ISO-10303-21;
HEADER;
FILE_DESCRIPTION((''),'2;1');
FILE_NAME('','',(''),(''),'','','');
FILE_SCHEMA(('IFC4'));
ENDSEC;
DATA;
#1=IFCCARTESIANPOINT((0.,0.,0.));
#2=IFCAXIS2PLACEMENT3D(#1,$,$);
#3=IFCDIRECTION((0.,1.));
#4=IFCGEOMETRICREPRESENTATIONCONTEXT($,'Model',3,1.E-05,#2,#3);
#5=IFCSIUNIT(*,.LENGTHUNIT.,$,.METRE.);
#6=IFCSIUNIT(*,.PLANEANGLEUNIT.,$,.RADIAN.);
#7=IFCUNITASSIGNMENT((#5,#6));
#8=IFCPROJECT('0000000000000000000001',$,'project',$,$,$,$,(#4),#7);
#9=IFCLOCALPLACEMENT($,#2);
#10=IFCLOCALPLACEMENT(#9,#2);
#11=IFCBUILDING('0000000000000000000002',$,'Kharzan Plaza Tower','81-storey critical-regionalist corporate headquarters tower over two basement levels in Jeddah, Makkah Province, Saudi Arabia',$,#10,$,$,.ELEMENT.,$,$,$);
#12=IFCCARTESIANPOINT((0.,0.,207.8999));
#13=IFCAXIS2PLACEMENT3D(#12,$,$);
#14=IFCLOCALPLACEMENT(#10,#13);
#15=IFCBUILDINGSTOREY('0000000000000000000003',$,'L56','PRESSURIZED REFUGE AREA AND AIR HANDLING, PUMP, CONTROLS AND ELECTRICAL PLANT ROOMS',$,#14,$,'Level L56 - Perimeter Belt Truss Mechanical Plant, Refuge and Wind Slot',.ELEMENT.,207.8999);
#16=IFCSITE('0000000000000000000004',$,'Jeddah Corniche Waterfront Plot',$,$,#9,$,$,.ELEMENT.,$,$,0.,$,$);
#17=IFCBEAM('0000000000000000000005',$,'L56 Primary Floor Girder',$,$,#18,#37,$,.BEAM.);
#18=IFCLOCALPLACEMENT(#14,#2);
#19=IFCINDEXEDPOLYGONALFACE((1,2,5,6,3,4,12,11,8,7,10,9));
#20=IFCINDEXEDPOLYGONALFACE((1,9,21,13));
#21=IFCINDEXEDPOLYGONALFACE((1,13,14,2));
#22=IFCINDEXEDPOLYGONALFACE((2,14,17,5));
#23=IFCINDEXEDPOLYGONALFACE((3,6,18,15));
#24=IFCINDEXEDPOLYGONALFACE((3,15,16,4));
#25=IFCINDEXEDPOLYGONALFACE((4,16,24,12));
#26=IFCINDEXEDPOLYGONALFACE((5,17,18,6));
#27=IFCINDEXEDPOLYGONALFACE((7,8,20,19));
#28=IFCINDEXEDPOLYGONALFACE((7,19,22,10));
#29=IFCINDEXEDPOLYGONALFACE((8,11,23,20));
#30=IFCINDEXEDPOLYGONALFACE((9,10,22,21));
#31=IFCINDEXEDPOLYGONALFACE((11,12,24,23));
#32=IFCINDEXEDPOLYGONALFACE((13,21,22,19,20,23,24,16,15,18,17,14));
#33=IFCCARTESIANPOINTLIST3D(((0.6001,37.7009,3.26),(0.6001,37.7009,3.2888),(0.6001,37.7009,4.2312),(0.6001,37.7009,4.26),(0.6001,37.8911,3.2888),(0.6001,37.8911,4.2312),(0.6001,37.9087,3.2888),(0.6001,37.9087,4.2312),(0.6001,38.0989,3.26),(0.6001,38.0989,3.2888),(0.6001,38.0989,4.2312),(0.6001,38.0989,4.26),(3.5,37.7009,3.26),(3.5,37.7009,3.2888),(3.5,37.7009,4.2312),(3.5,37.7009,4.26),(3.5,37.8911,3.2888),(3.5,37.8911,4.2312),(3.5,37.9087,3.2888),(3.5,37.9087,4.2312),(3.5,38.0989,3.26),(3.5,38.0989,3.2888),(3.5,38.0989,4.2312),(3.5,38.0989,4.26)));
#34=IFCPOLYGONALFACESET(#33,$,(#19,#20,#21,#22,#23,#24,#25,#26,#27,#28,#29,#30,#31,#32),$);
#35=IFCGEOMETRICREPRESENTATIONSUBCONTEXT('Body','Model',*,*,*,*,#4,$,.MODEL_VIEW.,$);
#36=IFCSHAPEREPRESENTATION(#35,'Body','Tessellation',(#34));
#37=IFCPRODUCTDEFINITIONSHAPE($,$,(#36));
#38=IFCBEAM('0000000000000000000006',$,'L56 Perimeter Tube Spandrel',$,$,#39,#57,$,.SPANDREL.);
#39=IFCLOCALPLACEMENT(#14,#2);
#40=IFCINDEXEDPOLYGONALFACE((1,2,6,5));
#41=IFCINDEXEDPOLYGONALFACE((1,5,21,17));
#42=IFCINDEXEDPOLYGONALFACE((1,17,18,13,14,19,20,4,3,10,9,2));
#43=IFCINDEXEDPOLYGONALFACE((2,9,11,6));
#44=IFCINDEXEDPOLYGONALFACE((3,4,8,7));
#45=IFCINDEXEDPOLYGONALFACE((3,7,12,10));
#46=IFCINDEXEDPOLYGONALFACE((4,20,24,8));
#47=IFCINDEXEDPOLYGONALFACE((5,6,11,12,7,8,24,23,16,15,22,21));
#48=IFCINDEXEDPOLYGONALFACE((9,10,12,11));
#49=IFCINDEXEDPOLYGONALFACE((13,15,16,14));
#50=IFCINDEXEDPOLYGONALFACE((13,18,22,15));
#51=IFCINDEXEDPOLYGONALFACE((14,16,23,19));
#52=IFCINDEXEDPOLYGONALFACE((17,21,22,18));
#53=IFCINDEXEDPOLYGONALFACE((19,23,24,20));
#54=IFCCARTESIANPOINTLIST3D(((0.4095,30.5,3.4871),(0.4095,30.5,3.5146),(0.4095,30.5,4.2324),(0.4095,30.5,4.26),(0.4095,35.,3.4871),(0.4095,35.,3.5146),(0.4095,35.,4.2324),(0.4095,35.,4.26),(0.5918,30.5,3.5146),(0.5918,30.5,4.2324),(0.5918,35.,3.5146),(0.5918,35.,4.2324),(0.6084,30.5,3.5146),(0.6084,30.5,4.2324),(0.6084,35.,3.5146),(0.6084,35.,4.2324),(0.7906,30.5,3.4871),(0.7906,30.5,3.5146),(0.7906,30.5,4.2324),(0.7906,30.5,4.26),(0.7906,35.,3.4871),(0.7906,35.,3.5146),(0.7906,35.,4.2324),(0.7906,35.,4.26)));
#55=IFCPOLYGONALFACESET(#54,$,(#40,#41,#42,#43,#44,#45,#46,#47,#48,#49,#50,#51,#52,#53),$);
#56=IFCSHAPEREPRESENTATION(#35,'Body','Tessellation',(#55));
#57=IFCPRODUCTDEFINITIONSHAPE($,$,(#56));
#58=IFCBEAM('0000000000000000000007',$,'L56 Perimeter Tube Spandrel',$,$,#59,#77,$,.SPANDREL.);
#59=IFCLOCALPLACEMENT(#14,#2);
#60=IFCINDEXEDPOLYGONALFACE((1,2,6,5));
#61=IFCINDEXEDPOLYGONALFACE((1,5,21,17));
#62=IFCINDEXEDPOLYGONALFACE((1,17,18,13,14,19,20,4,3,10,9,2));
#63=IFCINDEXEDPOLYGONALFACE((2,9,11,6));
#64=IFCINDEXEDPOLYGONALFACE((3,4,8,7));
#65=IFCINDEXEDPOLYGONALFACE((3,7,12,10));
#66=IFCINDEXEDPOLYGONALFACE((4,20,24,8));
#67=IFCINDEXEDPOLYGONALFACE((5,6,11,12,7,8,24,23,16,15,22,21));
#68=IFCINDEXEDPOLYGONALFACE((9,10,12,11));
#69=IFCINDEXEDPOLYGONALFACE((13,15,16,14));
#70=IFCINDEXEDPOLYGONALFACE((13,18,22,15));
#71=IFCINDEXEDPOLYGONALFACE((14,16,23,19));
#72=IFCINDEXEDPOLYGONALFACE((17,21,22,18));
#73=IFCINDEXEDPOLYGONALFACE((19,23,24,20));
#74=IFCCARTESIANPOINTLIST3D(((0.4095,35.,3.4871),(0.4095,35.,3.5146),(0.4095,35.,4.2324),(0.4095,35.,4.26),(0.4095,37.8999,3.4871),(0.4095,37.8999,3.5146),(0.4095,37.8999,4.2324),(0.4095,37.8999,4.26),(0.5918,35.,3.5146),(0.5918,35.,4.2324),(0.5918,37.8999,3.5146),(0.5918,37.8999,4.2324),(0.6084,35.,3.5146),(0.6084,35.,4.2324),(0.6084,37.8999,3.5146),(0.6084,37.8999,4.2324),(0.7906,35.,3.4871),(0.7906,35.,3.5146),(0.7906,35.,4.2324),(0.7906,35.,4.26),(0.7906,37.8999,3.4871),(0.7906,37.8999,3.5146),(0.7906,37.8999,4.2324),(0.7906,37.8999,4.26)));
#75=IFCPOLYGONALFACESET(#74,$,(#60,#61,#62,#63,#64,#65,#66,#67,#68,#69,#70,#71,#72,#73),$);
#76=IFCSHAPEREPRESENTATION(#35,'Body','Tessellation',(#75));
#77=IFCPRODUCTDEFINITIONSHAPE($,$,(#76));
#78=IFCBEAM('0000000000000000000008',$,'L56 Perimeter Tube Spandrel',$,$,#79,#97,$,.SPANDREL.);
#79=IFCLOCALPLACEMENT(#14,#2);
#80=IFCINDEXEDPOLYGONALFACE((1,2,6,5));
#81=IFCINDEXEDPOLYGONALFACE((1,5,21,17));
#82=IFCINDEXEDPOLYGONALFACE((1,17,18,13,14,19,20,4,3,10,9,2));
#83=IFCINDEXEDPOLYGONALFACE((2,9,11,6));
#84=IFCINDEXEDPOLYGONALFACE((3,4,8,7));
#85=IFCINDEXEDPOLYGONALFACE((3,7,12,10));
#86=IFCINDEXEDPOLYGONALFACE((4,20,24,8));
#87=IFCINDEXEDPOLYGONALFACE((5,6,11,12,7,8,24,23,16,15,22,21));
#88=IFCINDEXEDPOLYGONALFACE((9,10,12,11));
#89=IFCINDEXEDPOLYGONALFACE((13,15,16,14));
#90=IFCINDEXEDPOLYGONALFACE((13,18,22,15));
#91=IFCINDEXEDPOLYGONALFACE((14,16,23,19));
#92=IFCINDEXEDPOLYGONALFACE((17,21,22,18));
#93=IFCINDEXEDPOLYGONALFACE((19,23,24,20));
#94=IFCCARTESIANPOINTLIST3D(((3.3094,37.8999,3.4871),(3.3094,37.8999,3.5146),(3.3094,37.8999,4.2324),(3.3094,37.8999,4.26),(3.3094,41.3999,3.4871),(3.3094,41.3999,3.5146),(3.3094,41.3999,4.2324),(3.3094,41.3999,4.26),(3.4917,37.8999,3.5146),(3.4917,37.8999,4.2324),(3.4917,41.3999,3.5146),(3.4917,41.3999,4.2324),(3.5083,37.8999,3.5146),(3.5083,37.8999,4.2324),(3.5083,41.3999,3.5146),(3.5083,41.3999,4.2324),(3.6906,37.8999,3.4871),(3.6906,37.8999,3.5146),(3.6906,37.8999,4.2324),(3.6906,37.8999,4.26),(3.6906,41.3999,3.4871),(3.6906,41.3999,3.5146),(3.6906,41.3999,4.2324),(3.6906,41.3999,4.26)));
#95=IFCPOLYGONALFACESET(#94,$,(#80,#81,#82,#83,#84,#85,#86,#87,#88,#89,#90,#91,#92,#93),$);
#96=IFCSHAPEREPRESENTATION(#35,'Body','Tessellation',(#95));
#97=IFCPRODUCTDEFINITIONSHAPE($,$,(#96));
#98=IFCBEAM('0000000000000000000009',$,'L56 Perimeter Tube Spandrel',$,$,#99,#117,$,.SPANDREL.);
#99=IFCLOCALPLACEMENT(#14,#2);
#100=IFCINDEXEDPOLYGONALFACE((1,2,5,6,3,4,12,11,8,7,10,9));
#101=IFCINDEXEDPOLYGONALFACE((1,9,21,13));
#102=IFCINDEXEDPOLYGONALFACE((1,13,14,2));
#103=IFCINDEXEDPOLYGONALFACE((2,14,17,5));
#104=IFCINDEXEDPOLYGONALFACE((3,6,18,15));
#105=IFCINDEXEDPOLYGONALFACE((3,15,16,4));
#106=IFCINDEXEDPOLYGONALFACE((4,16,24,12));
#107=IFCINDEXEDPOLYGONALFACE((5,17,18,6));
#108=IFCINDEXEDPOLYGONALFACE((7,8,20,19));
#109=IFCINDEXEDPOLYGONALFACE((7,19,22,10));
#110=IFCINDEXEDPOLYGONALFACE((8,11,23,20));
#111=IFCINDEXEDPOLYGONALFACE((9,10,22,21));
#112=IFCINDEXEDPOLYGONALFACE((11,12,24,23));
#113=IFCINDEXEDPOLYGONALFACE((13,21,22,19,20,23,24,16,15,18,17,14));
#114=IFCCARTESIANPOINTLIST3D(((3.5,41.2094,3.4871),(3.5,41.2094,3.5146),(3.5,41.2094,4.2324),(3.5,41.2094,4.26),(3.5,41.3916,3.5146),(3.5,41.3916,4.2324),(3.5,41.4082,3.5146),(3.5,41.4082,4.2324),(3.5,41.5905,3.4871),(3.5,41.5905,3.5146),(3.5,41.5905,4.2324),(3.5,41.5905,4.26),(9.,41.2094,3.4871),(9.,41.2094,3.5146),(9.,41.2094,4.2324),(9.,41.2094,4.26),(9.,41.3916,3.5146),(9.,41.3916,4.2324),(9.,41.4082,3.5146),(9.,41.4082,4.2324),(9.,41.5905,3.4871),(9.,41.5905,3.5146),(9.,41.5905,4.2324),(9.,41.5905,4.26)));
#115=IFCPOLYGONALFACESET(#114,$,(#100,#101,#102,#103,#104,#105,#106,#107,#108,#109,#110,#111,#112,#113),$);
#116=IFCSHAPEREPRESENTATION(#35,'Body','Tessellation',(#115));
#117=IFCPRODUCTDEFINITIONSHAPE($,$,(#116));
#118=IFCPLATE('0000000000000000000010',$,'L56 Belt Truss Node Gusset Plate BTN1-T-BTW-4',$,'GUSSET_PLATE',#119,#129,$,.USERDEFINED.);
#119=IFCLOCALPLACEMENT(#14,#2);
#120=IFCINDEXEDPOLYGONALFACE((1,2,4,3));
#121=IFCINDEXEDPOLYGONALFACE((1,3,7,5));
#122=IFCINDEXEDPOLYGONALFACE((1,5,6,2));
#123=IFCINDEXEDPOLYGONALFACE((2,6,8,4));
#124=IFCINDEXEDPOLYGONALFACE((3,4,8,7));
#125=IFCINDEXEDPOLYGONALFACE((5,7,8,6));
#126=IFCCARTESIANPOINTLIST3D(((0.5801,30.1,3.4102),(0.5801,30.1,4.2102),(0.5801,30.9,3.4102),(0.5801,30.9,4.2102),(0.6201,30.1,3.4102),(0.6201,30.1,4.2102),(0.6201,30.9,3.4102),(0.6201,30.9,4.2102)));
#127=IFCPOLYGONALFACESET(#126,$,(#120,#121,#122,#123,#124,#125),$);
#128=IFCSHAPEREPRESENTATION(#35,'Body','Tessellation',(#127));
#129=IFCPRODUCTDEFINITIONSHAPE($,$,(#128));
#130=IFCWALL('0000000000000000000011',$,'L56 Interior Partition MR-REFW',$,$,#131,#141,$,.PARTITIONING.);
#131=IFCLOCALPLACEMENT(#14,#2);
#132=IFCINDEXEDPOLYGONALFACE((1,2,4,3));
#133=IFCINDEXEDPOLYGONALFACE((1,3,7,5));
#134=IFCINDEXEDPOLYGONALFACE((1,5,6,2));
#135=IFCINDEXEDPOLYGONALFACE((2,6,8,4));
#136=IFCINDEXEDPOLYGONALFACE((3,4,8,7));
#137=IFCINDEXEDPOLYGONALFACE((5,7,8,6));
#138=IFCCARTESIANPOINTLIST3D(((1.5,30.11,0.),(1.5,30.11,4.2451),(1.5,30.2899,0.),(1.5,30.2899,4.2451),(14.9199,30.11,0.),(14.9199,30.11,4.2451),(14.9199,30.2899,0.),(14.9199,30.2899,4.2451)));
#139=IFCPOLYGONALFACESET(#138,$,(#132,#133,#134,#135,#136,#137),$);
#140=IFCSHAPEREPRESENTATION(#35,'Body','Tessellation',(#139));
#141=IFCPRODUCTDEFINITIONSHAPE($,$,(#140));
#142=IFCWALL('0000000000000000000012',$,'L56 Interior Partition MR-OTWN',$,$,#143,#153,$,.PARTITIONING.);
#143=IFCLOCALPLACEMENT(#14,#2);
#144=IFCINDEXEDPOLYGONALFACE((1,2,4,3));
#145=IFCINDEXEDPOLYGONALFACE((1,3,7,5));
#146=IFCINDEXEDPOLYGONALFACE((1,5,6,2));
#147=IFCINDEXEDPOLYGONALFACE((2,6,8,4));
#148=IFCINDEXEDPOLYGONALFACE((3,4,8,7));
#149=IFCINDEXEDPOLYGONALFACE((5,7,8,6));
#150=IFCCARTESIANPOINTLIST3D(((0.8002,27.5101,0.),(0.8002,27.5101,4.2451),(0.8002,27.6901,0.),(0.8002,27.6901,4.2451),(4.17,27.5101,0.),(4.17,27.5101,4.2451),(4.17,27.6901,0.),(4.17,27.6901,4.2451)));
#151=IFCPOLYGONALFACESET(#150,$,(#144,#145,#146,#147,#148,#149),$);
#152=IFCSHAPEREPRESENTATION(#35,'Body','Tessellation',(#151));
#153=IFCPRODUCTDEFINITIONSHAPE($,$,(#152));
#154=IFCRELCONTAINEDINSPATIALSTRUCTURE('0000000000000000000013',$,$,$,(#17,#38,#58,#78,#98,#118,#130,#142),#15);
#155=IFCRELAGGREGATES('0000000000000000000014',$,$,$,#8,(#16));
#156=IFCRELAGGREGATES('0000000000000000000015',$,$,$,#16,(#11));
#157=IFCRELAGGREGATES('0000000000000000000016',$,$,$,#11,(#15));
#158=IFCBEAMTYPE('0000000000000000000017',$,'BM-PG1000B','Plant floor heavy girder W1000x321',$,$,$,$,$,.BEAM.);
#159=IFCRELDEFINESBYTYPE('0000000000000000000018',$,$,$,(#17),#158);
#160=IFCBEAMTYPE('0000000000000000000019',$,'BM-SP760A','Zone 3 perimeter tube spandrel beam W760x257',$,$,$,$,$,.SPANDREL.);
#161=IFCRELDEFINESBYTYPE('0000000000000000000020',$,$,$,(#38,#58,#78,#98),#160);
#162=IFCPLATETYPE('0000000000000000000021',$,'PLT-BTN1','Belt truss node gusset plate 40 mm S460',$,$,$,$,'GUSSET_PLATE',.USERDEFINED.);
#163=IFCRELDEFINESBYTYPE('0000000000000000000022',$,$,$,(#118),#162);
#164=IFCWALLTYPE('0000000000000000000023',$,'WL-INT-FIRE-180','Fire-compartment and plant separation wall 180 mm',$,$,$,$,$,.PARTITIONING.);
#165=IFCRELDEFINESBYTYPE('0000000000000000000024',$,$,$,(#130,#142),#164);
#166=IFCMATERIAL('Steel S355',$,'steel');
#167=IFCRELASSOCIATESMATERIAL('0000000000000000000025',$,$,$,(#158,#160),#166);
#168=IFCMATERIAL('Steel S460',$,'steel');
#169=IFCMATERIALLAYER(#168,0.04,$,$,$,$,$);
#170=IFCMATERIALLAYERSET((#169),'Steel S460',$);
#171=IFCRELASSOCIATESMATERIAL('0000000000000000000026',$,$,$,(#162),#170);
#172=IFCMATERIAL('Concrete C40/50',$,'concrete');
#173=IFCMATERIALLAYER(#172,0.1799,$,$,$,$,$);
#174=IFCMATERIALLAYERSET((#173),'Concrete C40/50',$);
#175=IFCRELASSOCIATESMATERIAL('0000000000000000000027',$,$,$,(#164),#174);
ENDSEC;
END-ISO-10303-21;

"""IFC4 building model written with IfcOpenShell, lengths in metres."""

from ifc_helpers import new_model, si_unit, direction, frame, frame_2d, origin, origin_2d, place, context, subcontext, project, spatial, rectangle, i_section, extrude, source, transform, mapped, material, layer, layer_set, material_profile, profile_set, type_object, element, save


model = new_model("IFC4")

# Units and contexts
model_context = context("Model", 3, precision=1e-05, world=origin(), true_north=direction((0.0, 1.0)))
body_context = subcontext(model_context, "Body", "Model", "MODEL_VIEW")
ifc_project = project(units=[si_unit("LENGTHUNIT", "METRE"), si_unit("PLANEANGLEUNIT", "RADIAN")], contexts=[model_context])

# Site, building, storey
site_placement = place(None, origin())
site = spatial("IfcSite", under=ifc_project, at=site_placement, Name="Jeddah Corniche Waterfront Plot", CompositionType="ELEMENT", RefElevation=0.0)
building_placement = place(site_placement, origin())
building = spatial("IfcBuilding", under=site, at=building_placement, Name="Kharzan Plaza Tower", Description="81-storey critical-regionalist corporate headquarters tower over two basement levels in Jeddah, Makkah Province, Saudi Arabia", CompositionType="ELEMENT")
storey_placement = place(building_placement, frame((0.0, 0.0, 207.8999)))
storey = spatial("IfcBuildingStorey", under=building, at=storey_placement, Name="L56", Description="PRESSURIZED REFUGE AREA AND AIR HANDLING, PUMP, CONTROLS AND ELECTRICAL PLANT ROOMS", LongName="Level L56 - Perimeter Belt Truss Mechanical Plant, Refuge and Wind Slot", CompositionType="ELEMENT", Elevation=207.8999)

# Beams
ifc_material_1 = material(Name="Steel S355", Category="steel")
ifc_material_profile_1 = material_profile(ifc_material_1, i_section(OverallWidth=0.3979, OverallDepth=1.0, WebThickness=0.0176, FlangeThickness=0.0288, at=origin_2d()), Name="W1000x321")
ifc_profile_set_1 = profile_set([ifc_material_profile_1], Name="Steel S355")
beam_type_1 = type_object("IfcBeamType", Name="BM-PG1000B", Description="Plant floor heavy girder W1000x321", PredefinedType="BEAM", material=ifc_profile_set_1)
shared_shape_1 = source(origin(), body_context, "Body", "SweptSolid", [
    extrude(i_section(OverallWidth=0.3979, OverallDepth=1.0, WebThickness=0.0176, FlangeThickness=0.0288, at=origin_2d()), origin(), (0.0, 0.0, 1.0), 2.8999),
])
beam_1_placement = place(storey_placement, frame((0.6001, 37.8999, 3.76), z_axis=(1.0, 0.0, 0.0), x_axis=(0.0, 1.0, 0.0)))
element("IfcBeam", 1, at=beam_1_placement, inside=storey, type_object=beam_type_1, Name="L56 Primary Floor Girder", PredefinedType="BEAM", context=body_context, shape_type="MappedRepresentation", body=[
    mapped(shared_shape_1, transform((0.0, 0.0, 0.0), x_axis=(1.0, 0.0, 0.0), y_axis=(0.0, 1.0, 0.0), z_axis=(0.0, 0.0, 1.0))),
])
ifc_material_profile_2 = material_profile(ifc_material_1, i_section(OverallWidth=0.3811, OverallDepth=0.7729, WebThickness=0.0166, FlangeThickness=0.0276, at=origin_2d()), Name="W760x257")
ifc_profile_set_2 = profile_set([ifc_material_profile_2], Name="Steel S355")
beam_type_2 = type_object("IfcBeamType", Name="BM-SP760A", Description="Zone 3 perimeter tube spandrel beam W760x257", PredefinedType="SPANDREL", material=ifc_profile_set_2)
shared_shape_2 = source(origin(), body_context, "Body", "SweptSolid", [
    extrude(i_section(OverallWidth=0.3811, OverallDepth=0.7729, WebThickness=0.0166, FlangeThickness=0.0276, at=origin_2d()), origin(), (0.0, 0.0, 1.0), 4.5),
])
beam_2_placement = place(storey_placement, frame((0.6001, 30.5, 3.8735), z_axis=(0.0, 1.0, 0.0), x_axis=(-1.0, 0.0, 0.0)))
element("IfcBeam", 2, at=beam_2_placement, inside=storey, type_object=beam_type_2, Name="L56 Perimeter Tube Spandrel", PredefinedType="SPANDREL", context=body_context, shape_type="MappedRepresentation", body=[
    mapped(shared_shape_2, transform((0.0, 0.0, 0.0), x_axis=(1.0, 0.0, 0.0), y_axis=(0.0, 1.0, 0.0), z_axis=(0.0, 0.0, 1.0))),
])
shared_shape_3 = source(origin(), body_context, "Body", "SweptSolid", [
    extrude(i_section(OverallWidth=0.3811, OverallDepth=0.7729, WebThickness=0.0166, FlangeThickness=0.0276, at=origin_2d()), origin(), (0.0, 0.0, 1.0), 2.8999),
])
beam_3_placement = place(storey_placement, frame((0.6001, 35.0, 3.8735), z_axis=(0.0, 1.0, 0.0), x_axis=(-1.0, 0.0, 0.0)))
element("IfcBeam", 3, at=beam_3_placement, inside=storey, type_object=beam_type_2, Name="L56 Perimeter Tube Spandrel", PredefinedType="SPANDREL", context=body_context, shape_type="MappedRepresentation", body=[
    mapped(shared_shape_3, transform((0.0, 0.0, 0.0), x_axis=(1.0, 0.0, 0.0), y_axis=(0.0, 1.0, 0.0), z_axis=(0.0, 0.0, 1.0))),
])
shared_shape_4 = source(origin(), body_context, "Body", "SweptSolid", [
    extrude(i_section(OverallWidth=0.3811, OverallDepth=0.7729, WebThickness=0.0166, FlangeThickness=0.0276, at=origin_2d()), origin(), (0.0, 0.0, 1.0), 3.5),
])
beam_4_placement = place(storey_placement, frame((3.5, 37.8999, 3.8735), z_axis=(0.0, 1.0, 0.0), x_axis=(-1.0, 0.0, 0.0)))
element("IfcBeam", 4, at=beam_4_placement, inside=storey, type_object=beam_type_2, Name="L56 Perimeter Tube Spandrel", PredefinedType="SPANDREL", context=body_context, shape_type="MappedRepresentation", body=[
    mapped(shared_shape_4, transform((0.0, 0.0, 0.0), x_axis=(1.0, 0.0, 0.0), y_axis=(0.0, 1.0, 0.0), z_axis=(0.0, 0.0, 1.0))),
])
shared_shape_5 = source(origin(), body_context, "Body", "SweptSolid", [
    extrude(i_section(OverallWidth=0.3811, OverallDepth=0.7729, WebThickness=0.0166, FlangeThickness=0.0276, at=origin_2d()), origin(), (0.0, 0.0, 1.0), 5.5),
])
beam_5_placement = place(storey_placement, frame((3.5, 41.3999, 3.8735), z_axis=(1.0, 0.0, 0.0), x_axis=(0.0, 1.0, 0.0)))
element("IfcBeam", 5, at=beam_5_placement, inside=storey, type_object=beam_type_2, Name="L56 Perimeter Tube Spandrel", PredefinedType="SPANDREL", context=body_context, shape_type="MappedRepresentation", body=[
    mapped(shared_shape_5, transform((0.0, 0.0, 0.0), x_axis=(1.0, 0.0, 0.0), y_axis=(0.0, 1.0, 0.0), z_axis=(0.0, 0.0, 1.0))),
])

# Plate
ifc_material_2 = material(Name="Steel S460", Category="steel")
ifc_layer_1 = layer(ifc_material_2, 0.04)
ifc_layer_set_1 = layer_set([ifc_layer_1], Name="Steel S460")
plate_type = type_object("IfcPlateType", Name="PLT-BTN1", Description="Belt truss node gusset plate 40 mm S460", ElementType="GUSSET_PLATE", PredefinedType="USERDEFINED", material=ifc_layer_set_1)
shared_shape_6 = source(origin(), body_context, "Body", "SweptSolid", [
    extrude(rectangle(XDim=0.8, YDim=0.04, at=origin_2d()), origin(), (0.0, 0.0, 1.0), 0.8),
])
plate_placement = place(storey_placement, frame((0.6001, 30.5, 3.4102), z_axis=(0.0, 0.0, 1.0), x_axis=(0.0, 1.0, 0.0)))
element("IfcPlate", 6, at=plate_placement, inside=storey, type_object=plate_type, Name="L56 Belt Truss Node Gusset Plate BTN1-T-BTW-4", ObjectType="GUSSET_PLATE", PredefinedType="USERDEFINED", context=body_context, shape_type="MappedRepresentation", body=[
    mapped(shared_shape_6, transform((0.0, 0.0, 0.0), x_axis=(1.0, 0.0, 0.0), y_axis=(0.0, 1.0, 0.0), z_axis=(0.0, 0.0, 1.0))),
])

# Walls
ifc_material_3 = material(Name="Concrete C40/50", Category="concrete")
ifc_layer_2 = layer(ifc_material_3, 0.1799)
ifc_layer_set_2 = layer_set([ifc_layer_2], Name="Concrete C40/50")
wall_type = type_object("IfcWallType", Name="WL-INT-FIRE-180", Description="Fire-compartment and plant separation wall 180 mm", PredefinedType="PARTITIONING", material=ifc_layer_set_2)
shared_shape_7 = source(origin(), body_context, "Body", "SweptSolid", [
    extrude(rectangle(XDim=13.4199, YDim=0.1799, at=frame_2d((6.71, 0.0))), origin(), (0.0, 0.0, 1.0), 4.2451),
])
wall_1_placement = place(storey_placement, frame((1.5, 30.2, 0.0), z_axis=(0.0, 0.0, 1.0), x_axis=(1.0, 0.0, 0.0)))
element("IfcWall", 7, at=wall_1_placement, inside=storey, type_object=wall_type, Name="L56 Interior Partition MR-REFW", PredefinedType="PARTITIONING", context=body_context, shape_type="MappedRepresentation", body=[
    mapped(shared_shape_7, transform((0.0, 0.0, 0.0), x_axis=(1.0, 0.0, 0.0), y_axis=(0.0, 1.0, 0.0), z_axis=(0.0, 0.0, 1.0))),
])
shared_shape_8 = source(origin(), body_context, "Body", "SweptSolid", [
    extrude(rectangle(XDim=3.3699, YDim=0.1799, at=frame_2d((1.6851, 0.0))), origin(), (0.0, 0.0, 1.0), 4.2451),
])
wall_2_placement = place(storey_placement, frame((0.8, 27.6001, 0.0), z_axis=(0.0, 0.0, 1.0), x_axis=(1.0, 0.0, 0.0)))
element("IfcWall", 8, at=wall_2_placement, inside=storey, type_object=wall_type, Name="L56 Interior Partition MR-OTWN", PredefinedType="PARTITIONING", context=body_context, shape_type="MappedRepresentation", body=[
    mapped(shared_shape_8, transform((0.0, 0.0, 0.0), x_axis=(1.0, 0.0, 0.0), y_axis=(0.0, 1.0, 0.0), z_axis=(0.0, 0.0, 1.0))),
])

save(model, "model.ifc")
